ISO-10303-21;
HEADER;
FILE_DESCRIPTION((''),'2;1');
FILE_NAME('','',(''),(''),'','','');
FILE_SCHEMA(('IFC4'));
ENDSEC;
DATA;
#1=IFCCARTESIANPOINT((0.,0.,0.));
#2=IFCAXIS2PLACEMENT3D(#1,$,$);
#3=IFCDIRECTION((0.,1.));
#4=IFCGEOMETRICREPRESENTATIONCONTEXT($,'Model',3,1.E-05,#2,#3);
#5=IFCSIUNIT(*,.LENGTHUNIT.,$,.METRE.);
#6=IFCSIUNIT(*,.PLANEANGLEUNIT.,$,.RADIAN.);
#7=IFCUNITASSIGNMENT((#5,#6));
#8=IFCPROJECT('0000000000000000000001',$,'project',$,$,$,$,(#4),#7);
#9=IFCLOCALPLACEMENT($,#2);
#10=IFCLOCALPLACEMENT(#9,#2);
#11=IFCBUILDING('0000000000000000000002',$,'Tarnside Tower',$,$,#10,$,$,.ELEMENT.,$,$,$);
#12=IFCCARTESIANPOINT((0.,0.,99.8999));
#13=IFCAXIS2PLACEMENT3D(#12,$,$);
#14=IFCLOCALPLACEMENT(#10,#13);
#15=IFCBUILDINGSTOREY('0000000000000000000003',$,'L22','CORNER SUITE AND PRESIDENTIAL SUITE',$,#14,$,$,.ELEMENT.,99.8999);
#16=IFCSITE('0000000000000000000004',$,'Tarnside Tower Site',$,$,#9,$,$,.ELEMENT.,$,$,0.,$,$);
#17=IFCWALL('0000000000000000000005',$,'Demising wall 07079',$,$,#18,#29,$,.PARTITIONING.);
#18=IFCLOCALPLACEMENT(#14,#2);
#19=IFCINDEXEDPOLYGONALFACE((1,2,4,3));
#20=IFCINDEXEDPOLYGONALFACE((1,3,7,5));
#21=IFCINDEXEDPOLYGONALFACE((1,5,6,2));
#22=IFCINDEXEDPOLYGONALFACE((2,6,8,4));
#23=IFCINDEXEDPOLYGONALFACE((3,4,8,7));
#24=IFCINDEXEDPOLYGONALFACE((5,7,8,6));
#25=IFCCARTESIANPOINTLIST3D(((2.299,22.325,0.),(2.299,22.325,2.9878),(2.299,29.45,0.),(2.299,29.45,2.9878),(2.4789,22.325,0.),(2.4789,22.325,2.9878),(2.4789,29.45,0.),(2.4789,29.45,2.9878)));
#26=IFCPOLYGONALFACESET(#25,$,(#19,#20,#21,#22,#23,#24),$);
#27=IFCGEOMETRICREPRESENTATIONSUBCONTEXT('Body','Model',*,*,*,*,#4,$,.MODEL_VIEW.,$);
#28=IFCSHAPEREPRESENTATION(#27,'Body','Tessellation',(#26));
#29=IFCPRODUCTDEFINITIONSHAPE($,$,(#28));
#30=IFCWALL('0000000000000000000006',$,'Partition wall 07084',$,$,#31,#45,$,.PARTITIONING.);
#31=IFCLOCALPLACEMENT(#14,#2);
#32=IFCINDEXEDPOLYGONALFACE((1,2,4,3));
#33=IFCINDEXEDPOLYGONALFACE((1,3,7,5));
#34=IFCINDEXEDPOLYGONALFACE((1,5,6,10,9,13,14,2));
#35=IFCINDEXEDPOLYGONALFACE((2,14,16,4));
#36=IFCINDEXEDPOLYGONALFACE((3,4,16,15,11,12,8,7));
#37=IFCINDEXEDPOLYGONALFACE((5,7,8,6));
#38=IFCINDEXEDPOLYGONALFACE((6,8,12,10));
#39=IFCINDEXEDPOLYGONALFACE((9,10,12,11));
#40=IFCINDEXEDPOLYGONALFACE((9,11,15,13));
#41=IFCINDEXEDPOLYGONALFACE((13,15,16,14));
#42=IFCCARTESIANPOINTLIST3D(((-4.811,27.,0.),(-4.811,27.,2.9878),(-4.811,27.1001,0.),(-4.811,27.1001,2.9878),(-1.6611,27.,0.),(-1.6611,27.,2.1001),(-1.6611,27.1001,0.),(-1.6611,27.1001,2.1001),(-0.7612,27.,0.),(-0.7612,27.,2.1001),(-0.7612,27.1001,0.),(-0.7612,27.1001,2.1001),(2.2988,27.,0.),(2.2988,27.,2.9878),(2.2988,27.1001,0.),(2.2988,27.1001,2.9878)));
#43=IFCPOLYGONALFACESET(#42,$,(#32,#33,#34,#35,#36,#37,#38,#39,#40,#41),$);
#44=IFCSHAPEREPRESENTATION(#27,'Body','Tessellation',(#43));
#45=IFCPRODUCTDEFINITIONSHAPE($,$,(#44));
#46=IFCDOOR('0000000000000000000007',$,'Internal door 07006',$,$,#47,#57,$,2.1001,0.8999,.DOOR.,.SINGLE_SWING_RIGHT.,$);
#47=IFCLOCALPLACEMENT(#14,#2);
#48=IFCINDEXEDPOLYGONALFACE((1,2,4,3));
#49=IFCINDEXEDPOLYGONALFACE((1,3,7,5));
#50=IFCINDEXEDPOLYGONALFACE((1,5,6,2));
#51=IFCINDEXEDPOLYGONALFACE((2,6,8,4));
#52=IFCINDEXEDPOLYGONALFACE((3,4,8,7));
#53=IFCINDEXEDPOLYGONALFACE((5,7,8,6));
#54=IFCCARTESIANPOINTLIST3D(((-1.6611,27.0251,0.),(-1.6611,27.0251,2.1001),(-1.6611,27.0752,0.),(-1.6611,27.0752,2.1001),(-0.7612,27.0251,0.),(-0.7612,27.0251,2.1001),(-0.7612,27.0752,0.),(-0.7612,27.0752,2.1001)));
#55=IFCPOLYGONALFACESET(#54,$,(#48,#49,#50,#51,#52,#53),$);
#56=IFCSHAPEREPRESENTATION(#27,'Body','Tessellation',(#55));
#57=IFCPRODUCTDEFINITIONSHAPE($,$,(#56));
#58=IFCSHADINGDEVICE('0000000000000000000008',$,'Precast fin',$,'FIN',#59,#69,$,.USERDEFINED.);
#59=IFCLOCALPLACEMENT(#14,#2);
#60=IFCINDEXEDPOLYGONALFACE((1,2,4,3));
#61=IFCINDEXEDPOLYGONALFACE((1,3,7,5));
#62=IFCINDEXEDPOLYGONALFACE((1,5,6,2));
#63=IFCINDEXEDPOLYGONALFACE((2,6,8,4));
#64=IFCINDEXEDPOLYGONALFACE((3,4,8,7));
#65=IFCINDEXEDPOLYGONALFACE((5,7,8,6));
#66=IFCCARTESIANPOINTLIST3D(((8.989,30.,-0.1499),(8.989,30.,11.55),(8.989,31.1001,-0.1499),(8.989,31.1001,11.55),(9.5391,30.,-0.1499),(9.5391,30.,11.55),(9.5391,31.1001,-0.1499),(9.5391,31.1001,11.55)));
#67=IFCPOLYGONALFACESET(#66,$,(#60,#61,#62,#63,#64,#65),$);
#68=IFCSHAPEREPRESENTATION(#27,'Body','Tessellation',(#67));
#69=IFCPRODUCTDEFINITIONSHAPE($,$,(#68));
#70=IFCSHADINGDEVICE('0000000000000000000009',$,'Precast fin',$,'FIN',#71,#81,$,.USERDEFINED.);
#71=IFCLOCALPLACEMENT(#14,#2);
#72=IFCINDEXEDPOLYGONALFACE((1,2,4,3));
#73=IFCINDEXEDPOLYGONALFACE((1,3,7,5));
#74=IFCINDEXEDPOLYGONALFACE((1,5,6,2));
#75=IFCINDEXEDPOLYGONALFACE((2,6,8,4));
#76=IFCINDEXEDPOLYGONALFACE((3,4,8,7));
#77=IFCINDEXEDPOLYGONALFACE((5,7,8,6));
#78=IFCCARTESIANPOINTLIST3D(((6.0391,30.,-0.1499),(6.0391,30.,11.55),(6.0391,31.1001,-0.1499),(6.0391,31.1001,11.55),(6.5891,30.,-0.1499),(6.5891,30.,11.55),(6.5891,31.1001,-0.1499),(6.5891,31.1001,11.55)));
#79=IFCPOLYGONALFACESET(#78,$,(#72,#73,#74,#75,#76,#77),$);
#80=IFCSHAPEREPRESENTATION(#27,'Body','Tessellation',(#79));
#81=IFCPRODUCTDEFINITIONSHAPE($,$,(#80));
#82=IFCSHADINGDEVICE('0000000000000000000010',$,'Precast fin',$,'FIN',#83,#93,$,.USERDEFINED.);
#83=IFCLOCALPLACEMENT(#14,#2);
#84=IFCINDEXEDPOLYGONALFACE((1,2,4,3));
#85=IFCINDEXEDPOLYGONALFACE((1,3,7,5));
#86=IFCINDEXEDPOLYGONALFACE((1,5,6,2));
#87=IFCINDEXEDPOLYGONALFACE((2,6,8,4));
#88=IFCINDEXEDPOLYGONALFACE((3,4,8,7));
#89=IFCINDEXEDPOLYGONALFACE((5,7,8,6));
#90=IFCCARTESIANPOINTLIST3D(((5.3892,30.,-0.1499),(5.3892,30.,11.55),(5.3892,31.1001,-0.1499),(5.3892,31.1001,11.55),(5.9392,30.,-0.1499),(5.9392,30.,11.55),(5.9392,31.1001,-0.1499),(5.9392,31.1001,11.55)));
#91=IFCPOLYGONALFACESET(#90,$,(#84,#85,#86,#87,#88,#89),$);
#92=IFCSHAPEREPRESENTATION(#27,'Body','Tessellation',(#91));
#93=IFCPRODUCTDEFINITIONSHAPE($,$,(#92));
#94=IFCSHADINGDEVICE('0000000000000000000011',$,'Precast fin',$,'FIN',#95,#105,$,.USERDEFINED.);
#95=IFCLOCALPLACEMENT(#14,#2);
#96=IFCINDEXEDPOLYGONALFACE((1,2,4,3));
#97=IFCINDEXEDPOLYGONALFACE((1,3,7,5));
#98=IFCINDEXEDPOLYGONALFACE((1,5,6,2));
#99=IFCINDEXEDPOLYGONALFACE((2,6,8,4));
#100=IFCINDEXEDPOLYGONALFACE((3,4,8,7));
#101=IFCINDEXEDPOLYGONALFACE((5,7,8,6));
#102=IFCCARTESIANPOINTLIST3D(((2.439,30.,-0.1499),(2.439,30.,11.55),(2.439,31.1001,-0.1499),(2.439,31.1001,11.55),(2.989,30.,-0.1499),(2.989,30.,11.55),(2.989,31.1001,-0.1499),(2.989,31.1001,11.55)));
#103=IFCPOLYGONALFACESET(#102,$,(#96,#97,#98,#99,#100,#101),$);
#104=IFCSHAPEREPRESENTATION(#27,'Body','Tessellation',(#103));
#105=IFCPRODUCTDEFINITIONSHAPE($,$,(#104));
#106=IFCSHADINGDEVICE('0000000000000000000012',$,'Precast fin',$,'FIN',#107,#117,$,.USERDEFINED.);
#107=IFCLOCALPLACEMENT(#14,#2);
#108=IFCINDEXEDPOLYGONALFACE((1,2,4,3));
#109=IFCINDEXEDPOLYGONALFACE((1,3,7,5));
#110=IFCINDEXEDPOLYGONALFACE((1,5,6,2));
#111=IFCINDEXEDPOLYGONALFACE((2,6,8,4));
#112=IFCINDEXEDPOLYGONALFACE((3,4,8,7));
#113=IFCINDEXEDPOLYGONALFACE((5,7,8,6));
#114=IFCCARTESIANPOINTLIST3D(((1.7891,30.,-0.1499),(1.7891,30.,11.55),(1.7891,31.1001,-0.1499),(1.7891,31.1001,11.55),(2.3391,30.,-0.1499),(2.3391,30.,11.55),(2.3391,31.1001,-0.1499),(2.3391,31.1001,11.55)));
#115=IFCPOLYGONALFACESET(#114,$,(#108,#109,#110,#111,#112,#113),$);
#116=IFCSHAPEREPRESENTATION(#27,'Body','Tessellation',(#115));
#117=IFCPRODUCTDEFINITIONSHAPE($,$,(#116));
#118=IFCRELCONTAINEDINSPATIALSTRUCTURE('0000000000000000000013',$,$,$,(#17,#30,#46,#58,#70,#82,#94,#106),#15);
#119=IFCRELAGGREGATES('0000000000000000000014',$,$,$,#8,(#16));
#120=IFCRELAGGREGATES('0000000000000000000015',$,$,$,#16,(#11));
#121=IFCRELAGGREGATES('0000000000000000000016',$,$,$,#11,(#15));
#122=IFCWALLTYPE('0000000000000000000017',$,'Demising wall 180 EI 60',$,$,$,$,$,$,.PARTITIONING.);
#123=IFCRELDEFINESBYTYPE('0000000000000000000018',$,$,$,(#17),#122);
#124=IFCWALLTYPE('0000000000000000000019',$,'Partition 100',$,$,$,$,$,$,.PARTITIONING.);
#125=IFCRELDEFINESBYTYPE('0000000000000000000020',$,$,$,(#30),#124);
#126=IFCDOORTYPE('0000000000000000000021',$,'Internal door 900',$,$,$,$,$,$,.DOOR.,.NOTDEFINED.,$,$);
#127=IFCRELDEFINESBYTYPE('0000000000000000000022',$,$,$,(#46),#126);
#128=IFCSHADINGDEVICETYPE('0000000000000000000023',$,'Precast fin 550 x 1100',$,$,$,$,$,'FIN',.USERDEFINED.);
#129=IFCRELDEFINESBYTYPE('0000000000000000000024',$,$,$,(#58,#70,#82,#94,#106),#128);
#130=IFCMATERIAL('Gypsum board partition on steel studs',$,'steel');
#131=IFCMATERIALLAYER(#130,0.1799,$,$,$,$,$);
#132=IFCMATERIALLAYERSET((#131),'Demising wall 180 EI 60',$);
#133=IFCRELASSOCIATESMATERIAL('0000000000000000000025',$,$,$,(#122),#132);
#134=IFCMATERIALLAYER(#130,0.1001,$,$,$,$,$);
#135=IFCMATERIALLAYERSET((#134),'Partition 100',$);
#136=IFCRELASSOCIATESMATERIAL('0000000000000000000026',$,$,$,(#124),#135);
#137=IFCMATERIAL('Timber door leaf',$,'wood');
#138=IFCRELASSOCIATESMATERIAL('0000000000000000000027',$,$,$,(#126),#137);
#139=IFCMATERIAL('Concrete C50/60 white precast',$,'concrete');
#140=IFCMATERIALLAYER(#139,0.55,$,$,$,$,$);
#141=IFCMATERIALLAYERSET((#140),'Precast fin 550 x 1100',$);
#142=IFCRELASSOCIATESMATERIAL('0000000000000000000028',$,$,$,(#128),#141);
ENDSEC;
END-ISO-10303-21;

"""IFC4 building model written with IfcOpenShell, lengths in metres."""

from ifc_helpers import new_model, si_unit, direction, frame, frame_2d, origin, place, context, subcontext, project, spatial, polyline, rectangle, outline, extrude, material, layer, layer_set, type_object, element, fill, save


model = new_model("IFC4")

# Units and contexts
model_context = context("Model", 3, precision=1e-05, world=origin(), true_north=direction((0.0, 1.0)))
body_context = subcontext(model_context, "Body", "Model", "MODEL_VIEW")
ifc_project = project(units=[si_unit("LENGTHUNIT", "METRE"), si_unit("PLANEANGLEUNIT", "RADIAN")], contexts=[model_context])

# Site, building, storey
site_placement = place(None, origin())
site = spatial("IfcSite", under=ifc_project, at=site_placement, Name="Tarnside Tower Site", CompositionType="ELEMENT", RefElevation=0.0)
building_placement = place(site_placement, origin())
building = spatial("IfcBuilding", under=site, at=building_placement, Name="Tarnside Tower", CompositionType="ELEMENT")
storey_placement = place(building_placement, frame((0.0, 0.0, 99.8999)))
storey = spatial("IfcBuildingStorey", under=building, at=storey_placement, Name="L22", Description="CORNER SUITE AND PRESIDENTIAL SUITE", CompositionType="ELEMENT", Elevation=99.8999)

# Shared definitions
ifc_material_1 = material(Name="Gypsum board partition on steel studs", Category="steel")
ifc_material_2 = material(Name="Timber door leaf", Category="wood")

# Wall
ifc_layer_1 = layer(ifc_material_1, 0.1799)
ifc_layer_set_1 = layer_set([ifc_layer_1], Name="Demising wall 180 EI 60")
wall_type_1 = type_object("IfcWallType", Name="Demising wall 180 EI 60", PredefinedType="PARTITIONING", material=ifc_layer_set_1)
wall_1_placement = place(storey_placement, frame((2.3889, 29.45, 0.0), z_axis=(0.0, 0.0, 1.0), x_axis=(0.0, -1.0, 0.0)))
element("IfcWall", 1, at=wall_1_placement, inside=storey, type_object=wall_type_1, Name="Demising wall 07079", PredefinedType="PARTITIONING", context=body_context, shape_type="SweptSolid", body=[
    extrude(rectangle(XDim=7.125, YDim=0.1799, at=frame_2d((3.5625, 0.0))), origin(), (0.0, 0.0, 1.0), 2.9878),
])

# Wall, opening, door
ifc_layer_2 = layer(ifc_material_1, 0.1001)
ifc_layer_set_2 = layer_set([ifc_layer_2], Name="Partition 100")
wall_type_2 = type_object("IfcWallType", Name="Partition 100", PredefinedType="PARTITIONING", material=ifc_layer_set_2)
wall_2_placement = place(storey_placement, frame((2.2988, 27.05, 0.0), z_axis=(0.0, 0.0, 1.0), x_axis=(-1.0, 0.0, 0.0)))
wall_2 = element("IfcWall", 2, at=wall_2_placement, inside=storey, type_object=wall_type_2, Name="Partition wall 07084", PredefinedType="PARTITIONING", context=body_context, shape_type="SweptSolid", body=[
    extrude(rectangle(XDim=7.1099, YDim=0.1001, at=frame_2d((3.5549, 0.0))), origin(), (0.0, 0.0, 1.0), 2.9878),
])
opening_1_placement = place(wall_2_placement, frame((3.0601, 0.0, 0.0)))
opening_1 = element("IfcOpeningElement", 3, at=opening_1_placement, cuts=wall_2, PredefinedType="OPENING", context=body_context, shape_type="SweptSolid", body=[
    extrude(rectangle(XDim=0.8999, YDim=2.1001, at=frame_2d((0.45, 1.05))), frame((0.0, 0.0601, 0.0), z_axis=(0.0, -1.0, 0.0), x_axis=(1.0, 0.0, 0.0)), (0.0, 0.0, 1.0), 0.1201),
])
door_type_1 = type_object("IfcDoorType", Name="Internal door 900", OperationType="NOTDEFINED", PredefinedType="DOOR", material=ifc_material_2)
door_1_placement = place(opening_1_placement, origin())
door_1 = element("IfcDoor", 4, at=door_1_placement, inside=storey, type_object=door_type_1, Name="Internal door 07006", OperationType="SINGLE_SWING_RIGHT", OverallHeight=2.1001, OverallWidth=0.8999, PredefinedType="DOOR", context=body_context, shape_type="SweptSolid", body=[
    extrude(rectangle(XDim=0.8999, YDim=2.1001, at=frame_2d((0.45, 1.05))), frame((0.0, 0.0249, 0.0), z_axis=(0.0, -1.0, 0.0), x_axis=(1.0, 0.0, 0.0)), (0.0, 0.0, 1.0), 0.05),
])
fill(opening_1, door_1)

# Shading devices
ifc_material_3 = material(Name="Concrete C50/60 white precast", Category="concrete")
ifc_layer_3 = layer(ifc_material_3, 0.55)
ifc_layer_set_3 = layer_set([ifc_layer_3], Name="Precast fin 550 x 1100")
shading_device_type = type_object("IfcShadingDeviceType", Name="Precast fin 550 x 1100", ElementType="FIN", PredefinedType="USERDEFINED", material=ifc_layer_set_3)
for number, where, z_axis, x_axis, name in (
    (5, (9.2639, 30.0, -0.1499), (1.0, 0.0, 0.0), (0.0, 1.0, 0.0), "Precast fin"),
    (6, (6.314, 30.0, -0.1499), (1.0, 0.0, 0.0), (0.0, 1.0, 0.0), "Precast fin"),
    (7, (5.6641, 30.0, -0.1499), (1.0, 0.0, 0.0), (0.0, 1.0, 0.0), "Precast fin"),
    (8, (2.7139, 30.0, -0.1499), (1.0, 0.0, 0.0), (0.0, 1.0, 0.0), "Precast fin"),
    (9, (2.064, 30.0, -0.1499), (1.0, 0.0, 0.0), (0.0, 1.0, 0.0), "Precast fin"),
):
    element("IfcShadingDevice", number, at=place(storey_placement, frame(where, z_axis=z_axis, x_axis=x_axis)), inside=storey, type_object=shading_device_type, Name=name, ObjectType="FIN", PredefinedType="USERDEFINED", context=body_context, shape_type="SweptSolid", body=[
        extrude(outline(polyline([(0.0, 0.0), (1.1001, 0.0), (1.1001, 11.7), (0.0, 11.7), (0.0, 0.0)])), frame((0.0, 0.0, -0.2749)), (0.0, 0.0, 1.0), 0.55),
    ])

save(model, "model.ifc")
